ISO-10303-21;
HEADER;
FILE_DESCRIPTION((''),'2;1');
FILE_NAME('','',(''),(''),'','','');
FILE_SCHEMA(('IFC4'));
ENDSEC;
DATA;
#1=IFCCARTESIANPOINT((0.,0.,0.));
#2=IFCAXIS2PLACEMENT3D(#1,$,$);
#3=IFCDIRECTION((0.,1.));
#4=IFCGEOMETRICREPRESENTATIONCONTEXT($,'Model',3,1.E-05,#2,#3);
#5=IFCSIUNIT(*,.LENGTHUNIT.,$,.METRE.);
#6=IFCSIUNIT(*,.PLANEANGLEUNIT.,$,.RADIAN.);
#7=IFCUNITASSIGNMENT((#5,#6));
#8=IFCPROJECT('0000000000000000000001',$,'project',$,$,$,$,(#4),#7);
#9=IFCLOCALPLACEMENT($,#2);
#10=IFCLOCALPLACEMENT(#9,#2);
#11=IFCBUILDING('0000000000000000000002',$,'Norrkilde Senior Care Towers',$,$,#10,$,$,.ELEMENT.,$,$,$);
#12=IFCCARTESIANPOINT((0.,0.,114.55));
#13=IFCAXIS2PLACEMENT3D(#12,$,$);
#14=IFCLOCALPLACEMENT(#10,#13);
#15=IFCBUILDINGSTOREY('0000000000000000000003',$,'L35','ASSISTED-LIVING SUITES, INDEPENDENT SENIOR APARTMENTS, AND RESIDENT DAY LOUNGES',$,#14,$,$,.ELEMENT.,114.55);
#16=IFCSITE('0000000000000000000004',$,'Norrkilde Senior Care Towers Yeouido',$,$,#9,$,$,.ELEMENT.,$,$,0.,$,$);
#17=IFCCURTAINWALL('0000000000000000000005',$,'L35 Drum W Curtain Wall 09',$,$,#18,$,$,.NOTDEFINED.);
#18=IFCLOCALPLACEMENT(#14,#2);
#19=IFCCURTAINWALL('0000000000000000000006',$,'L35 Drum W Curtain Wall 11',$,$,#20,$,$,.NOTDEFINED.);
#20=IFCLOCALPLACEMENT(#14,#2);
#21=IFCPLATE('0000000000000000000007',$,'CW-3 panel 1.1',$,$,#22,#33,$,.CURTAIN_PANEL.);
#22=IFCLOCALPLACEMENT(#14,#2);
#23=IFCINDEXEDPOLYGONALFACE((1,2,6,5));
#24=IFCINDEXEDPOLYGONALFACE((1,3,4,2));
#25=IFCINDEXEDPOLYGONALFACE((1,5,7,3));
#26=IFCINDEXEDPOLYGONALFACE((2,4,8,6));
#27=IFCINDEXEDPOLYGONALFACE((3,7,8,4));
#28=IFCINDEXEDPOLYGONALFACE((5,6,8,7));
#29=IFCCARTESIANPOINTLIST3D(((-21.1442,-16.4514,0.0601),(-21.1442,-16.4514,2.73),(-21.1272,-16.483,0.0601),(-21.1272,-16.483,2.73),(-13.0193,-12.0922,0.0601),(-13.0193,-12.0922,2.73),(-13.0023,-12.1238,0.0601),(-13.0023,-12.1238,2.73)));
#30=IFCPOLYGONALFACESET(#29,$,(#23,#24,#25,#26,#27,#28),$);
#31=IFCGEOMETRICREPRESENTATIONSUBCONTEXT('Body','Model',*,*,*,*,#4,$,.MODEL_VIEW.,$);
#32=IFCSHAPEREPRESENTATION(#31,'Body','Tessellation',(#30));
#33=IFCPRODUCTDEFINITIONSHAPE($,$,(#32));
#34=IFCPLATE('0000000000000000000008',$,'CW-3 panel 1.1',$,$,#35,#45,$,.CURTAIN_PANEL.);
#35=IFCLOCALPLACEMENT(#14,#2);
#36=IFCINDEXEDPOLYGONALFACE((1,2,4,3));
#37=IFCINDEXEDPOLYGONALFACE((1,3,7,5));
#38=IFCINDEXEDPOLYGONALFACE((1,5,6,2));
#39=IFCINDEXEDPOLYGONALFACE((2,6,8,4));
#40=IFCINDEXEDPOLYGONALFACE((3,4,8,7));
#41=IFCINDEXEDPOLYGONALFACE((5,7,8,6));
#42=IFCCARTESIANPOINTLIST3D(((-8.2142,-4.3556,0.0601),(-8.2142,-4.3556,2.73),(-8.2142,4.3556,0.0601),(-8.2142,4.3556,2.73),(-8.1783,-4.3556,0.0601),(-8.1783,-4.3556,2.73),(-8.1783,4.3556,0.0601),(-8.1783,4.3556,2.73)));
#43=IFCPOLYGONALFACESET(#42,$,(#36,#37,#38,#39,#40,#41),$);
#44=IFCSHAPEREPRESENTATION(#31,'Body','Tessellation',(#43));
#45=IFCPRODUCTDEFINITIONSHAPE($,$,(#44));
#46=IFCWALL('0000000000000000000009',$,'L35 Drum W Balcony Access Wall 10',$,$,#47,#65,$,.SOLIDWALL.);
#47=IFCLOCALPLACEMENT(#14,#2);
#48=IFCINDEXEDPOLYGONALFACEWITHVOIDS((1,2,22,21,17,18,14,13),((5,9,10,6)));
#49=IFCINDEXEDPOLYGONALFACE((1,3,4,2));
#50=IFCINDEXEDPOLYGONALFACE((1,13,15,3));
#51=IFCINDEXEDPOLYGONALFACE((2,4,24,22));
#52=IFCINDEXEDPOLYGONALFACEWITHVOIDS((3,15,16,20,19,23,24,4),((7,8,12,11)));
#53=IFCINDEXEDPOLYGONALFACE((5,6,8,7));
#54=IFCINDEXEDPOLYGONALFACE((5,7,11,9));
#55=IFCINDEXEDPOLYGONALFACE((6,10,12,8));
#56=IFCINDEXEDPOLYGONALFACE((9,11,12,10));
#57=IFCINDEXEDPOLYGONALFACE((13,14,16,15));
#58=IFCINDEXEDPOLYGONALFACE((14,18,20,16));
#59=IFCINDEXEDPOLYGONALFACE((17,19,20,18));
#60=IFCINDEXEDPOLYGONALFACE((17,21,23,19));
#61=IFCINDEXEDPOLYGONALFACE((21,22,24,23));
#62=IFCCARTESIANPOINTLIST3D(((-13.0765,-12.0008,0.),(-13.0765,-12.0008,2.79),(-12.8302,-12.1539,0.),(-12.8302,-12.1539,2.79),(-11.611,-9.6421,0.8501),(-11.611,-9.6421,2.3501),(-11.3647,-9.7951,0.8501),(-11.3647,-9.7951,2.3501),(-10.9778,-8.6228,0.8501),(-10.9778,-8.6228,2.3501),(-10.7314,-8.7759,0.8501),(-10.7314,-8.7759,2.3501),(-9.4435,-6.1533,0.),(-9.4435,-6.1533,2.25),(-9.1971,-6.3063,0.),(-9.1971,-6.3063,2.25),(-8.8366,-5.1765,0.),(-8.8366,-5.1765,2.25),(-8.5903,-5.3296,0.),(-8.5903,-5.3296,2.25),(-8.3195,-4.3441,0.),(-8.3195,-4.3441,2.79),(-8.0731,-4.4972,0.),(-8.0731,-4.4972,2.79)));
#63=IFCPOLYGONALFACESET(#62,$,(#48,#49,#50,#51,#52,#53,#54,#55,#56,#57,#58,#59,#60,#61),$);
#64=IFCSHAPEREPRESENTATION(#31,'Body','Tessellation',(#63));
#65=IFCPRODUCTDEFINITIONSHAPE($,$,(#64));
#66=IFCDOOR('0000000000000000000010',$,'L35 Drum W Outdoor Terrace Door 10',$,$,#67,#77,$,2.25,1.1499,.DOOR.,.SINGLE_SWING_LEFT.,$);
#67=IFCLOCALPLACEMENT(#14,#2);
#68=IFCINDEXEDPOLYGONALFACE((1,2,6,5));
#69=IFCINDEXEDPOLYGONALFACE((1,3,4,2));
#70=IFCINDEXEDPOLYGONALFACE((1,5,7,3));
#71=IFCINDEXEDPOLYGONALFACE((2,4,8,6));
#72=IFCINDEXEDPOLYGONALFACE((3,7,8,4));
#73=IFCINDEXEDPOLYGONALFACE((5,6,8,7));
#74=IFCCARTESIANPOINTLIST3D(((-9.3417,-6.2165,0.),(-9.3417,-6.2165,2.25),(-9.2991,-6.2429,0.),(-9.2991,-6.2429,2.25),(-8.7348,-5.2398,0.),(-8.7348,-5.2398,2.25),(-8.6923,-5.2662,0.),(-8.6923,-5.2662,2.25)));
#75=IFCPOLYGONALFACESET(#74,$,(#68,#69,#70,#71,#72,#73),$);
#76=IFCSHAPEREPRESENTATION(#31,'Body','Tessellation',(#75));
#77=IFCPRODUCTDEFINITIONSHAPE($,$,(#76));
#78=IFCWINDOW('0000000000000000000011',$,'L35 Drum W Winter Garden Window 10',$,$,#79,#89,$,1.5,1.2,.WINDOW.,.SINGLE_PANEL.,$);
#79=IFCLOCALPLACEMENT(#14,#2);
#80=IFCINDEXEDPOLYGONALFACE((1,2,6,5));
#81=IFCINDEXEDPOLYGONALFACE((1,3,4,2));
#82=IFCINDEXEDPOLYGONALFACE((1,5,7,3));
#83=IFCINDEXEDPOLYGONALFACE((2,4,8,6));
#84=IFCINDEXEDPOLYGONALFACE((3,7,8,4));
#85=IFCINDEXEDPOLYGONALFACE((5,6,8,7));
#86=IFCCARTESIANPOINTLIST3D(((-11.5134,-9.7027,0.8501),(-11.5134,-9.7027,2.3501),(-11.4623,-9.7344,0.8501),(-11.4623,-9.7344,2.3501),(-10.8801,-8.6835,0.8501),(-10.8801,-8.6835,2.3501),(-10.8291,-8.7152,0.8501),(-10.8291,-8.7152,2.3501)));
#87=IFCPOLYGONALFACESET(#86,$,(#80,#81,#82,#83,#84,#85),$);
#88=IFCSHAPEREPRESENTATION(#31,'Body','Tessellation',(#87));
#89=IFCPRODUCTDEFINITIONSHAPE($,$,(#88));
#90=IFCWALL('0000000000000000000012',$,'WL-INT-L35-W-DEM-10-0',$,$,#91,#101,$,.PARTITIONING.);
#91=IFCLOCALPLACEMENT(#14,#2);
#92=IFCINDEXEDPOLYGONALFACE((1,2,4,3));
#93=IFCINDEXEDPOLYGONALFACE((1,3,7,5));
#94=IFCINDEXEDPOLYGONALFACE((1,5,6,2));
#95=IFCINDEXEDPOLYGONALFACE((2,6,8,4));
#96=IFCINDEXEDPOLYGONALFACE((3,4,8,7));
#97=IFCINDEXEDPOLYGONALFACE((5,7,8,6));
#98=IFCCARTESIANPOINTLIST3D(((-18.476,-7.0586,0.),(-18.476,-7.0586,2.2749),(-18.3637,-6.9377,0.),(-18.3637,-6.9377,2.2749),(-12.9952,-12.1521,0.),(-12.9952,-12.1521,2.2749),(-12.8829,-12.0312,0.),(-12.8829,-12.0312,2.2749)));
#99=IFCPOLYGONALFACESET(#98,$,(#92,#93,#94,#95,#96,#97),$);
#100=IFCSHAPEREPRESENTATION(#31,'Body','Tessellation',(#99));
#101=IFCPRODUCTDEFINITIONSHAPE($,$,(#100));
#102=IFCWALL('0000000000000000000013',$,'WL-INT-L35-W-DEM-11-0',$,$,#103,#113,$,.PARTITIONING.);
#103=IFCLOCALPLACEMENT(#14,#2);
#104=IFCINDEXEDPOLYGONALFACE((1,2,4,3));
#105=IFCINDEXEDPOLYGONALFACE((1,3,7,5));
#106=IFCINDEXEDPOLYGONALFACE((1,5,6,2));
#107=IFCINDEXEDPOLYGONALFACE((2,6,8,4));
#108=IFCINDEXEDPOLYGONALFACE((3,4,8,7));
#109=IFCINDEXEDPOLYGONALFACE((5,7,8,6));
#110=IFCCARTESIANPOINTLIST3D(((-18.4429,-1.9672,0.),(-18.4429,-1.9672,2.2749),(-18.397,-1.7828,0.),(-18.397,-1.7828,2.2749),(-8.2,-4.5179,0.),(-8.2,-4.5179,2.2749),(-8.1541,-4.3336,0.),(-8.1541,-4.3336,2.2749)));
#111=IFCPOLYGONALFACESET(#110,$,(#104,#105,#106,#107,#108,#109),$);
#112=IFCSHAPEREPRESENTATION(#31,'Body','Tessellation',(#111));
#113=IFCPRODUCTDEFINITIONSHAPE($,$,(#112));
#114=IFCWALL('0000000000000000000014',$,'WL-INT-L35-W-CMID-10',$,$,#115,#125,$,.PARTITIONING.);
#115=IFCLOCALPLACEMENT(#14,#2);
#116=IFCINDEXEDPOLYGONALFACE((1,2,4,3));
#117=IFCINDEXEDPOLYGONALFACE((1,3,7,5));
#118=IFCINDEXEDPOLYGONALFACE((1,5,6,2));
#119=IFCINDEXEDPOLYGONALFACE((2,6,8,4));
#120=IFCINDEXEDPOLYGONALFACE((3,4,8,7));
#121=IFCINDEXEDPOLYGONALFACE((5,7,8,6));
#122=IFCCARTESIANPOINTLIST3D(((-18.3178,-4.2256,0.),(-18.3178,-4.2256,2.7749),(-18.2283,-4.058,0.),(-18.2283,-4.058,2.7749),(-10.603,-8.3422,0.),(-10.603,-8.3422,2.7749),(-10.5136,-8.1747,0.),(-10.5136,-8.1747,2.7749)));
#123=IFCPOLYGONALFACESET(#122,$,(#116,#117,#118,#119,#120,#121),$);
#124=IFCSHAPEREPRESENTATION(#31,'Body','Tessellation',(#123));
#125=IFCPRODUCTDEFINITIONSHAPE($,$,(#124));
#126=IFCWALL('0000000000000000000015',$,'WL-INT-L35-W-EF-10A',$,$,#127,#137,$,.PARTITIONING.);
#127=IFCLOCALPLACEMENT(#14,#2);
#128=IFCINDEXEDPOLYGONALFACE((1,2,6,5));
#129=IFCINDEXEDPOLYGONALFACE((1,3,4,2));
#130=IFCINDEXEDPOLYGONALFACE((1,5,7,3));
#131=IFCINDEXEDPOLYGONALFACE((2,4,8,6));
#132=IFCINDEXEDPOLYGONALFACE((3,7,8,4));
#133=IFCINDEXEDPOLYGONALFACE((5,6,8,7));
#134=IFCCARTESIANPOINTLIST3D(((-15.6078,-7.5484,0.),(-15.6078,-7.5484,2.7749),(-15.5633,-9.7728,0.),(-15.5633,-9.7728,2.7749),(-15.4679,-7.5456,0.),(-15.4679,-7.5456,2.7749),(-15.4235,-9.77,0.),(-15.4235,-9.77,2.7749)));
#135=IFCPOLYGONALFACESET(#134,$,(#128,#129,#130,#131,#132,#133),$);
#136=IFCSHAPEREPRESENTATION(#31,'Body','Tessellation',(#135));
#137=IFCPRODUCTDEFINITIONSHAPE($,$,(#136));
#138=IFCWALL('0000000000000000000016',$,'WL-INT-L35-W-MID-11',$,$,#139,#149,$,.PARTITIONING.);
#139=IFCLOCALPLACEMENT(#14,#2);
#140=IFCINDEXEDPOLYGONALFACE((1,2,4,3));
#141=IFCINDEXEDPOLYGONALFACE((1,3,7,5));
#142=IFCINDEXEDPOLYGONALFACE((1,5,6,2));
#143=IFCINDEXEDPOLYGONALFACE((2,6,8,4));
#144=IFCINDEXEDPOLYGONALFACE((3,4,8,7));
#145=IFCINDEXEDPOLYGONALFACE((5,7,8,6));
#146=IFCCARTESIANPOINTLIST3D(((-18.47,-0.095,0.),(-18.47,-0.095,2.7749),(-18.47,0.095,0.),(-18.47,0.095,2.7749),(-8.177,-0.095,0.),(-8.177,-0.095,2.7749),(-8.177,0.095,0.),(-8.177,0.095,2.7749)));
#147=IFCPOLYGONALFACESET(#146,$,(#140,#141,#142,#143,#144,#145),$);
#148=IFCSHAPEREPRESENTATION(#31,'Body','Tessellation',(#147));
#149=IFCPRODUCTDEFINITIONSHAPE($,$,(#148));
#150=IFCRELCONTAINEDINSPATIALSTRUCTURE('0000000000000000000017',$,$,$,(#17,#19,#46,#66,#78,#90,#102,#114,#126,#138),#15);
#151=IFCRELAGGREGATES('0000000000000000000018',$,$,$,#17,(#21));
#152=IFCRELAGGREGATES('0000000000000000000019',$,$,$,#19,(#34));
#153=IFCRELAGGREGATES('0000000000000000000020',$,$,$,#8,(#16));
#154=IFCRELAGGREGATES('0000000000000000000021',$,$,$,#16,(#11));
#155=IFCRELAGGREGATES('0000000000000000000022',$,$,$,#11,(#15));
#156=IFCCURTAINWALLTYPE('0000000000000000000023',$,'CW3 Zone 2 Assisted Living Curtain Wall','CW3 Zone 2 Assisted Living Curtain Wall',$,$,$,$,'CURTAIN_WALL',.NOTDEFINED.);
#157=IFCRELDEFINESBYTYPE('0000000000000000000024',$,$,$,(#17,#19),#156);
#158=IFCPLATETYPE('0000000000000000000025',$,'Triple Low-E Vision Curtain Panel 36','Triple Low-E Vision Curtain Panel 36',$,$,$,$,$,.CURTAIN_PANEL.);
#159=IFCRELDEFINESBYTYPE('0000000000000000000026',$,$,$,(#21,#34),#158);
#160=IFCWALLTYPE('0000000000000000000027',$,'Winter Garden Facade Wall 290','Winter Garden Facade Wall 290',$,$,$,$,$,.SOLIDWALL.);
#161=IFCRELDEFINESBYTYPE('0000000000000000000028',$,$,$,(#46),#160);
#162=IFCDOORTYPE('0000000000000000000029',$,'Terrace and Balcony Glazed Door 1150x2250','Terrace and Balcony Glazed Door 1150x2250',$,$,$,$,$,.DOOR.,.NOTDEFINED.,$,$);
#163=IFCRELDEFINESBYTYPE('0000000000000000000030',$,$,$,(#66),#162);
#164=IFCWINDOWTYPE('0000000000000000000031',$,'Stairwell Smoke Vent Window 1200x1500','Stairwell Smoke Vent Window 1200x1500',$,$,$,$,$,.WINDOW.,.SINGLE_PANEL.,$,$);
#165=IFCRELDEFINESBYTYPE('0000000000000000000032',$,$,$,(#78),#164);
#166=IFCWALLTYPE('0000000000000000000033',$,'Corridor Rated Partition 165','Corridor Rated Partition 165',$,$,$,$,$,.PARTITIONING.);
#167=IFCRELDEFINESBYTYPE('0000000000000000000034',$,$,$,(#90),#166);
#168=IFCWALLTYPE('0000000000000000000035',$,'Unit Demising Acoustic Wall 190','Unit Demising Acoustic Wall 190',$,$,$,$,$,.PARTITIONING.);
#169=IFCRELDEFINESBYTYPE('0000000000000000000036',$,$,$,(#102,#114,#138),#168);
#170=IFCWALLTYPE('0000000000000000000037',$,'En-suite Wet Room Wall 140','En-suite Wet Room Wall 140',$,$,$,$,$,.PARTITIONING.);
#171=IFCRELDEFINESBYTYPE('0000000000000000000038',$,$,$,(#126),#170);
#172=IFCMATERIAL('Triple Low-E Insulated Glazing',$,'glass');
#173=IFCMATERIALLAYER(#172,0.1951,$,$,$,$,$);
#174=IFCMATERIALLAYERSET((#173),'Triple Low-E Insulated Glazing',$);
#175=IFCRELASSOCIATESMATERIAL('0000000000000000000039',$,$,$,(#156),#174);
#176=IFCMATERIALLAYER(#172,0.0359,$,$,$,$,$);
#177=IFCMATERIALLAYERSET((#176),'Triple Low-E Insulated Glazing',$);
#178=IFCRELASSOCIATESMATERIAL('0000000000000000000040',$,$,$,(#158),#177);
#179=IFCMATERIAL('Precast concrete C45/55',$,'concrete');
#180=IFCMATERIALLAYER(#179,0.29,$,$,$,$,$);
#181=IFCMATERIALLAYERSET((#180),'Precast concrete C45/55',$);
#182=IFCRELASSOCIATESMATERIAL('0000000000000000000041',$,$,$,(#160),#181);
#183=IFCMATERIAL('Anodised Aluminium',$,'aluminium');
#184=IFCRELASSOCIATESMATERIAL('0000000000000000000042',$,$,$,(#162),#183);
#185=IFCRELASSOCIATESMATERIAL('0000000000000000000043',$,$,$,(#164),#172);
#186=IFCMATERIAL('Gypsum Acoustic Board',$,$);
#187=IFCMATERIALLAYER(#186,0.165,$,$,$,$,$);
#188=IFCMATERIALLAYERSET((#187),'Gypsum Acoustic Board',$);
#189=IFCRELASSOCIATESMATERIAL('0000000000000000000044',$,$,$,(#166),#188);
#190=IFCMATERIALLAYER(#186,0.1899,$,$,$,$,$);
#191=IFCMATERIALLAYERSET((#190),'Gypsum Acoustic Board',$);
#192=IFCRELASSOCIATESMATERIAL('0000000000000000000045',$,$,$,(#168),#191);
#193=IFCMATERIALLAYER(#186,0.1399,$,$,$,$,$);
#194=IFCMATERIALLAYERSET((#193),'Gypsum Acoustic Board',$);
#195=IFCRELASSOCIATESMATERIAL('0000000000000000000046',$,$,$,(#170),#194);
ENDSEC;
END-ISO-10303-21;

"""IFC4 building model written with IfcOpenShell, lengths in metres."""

from ifc_helpers import new_model, si_unit, direction, frame, frame_2d, origin, origin_2d, place, context, subcontext, project, spatial, rectangle, extrude, source, transform, mapped, material, layer, layer_set, type_object, type_shapes, element, fill, aggregate, save


model = new_model("IFC4")

# Units and contexts
model_context = context("Model", 3, precision=1e-05, world=origin(), true_north=direction((0.0, 1.0)))
body_context = subcontext(model_context, "Body", "Model", "MODEL_VIEW")
ifc_project = project(units=[si_unit("LENGTHUNIT", "METRE"), si_unit("PLANEANGLEUNIT", "RADIAN")], contexts=[model_context])

# Site, building, storey
site_placement = place(None, origin())
site = spatial("IfcSite", under=ifc_project, at=site_placement, Name="Norrkilde Senior Care Towers Yeouido", CompositionType="ELEMENT", RefElevation=0.0)
building_placement = place(site_placement, origin())
building = spatial("IfcBuilding", under=site, at=building_placement, Name="Norrkilde Senior Care Towers", CompositionType="ELEMENT")
storey_placement = place(building_placement, frame((0.0, 0.0, 114.55)))
storey = spatial("IfcBuildingStorey", under=building, at=storey_placement, Name="L35", Description="ASSISTED-LIVING SUITES, INDEPENDENT SENIOR APARTMENTS, AND RESIDENT DAY LOUNGES", CompositionType="ELEMENT", Elevation=114.55)

# Curtain walls
ifc_material_1 = material(Name="Triple Low-E Insulated Glazing", Category="glass")
ifc_layer_1 = layer(ifc_material_1, 0.1951)
ifc_layer_set_1 = layer_set([ifc_layer_1], Name="Triple Low-E Insulated Glazing")
curtain_wall_type = type_object("IfcCurtainWallType", Name="CW3 Zone 2 Assisted Living Curtain Wall", Description="CW3 Zone 2 Assisted Living Curtain Wall", ElementType="CURTAIN_WALL", PredefinedType="NOTDEFINED", material=ifc_layer_set_1)
curtain_wall_1_placement = place(storey_placement, origin())
curtain_wall_1 = element("IfcCurtainWall", 1, at=curtain_wall_1_placement, inside=storey, type_object=curtain_wall_type, Name="L35 Drum W Curtain Wall 09", PredefinedType="NOTDEFINED")
ifc_material_2 = material(Name="Anodised Aluminium", Category="aluminium")
curtain_wall_2_placement = place(storey_placement, origin())
curtain_wall_2 = element("IfcCurtainWall", 2, at=curtain_wall_2_placement, inside=storey, type_object=curtain_wall_type, Name="L35 Drum W Curtain Wall 11", PredefinedType="NOTDEFINED")

# Plates
ifc_layer_2 = layer(ifc_material_1, 0.0359)
ifc_layer_set_2 = layer_set([ifc_layer_2], Name="Triple Low-E Insulated Glazing")
plate_type = type_object("IfcPlateType", Name="Triple Low-E Vision Curtain Panel 36", Description="Triple Low-E Vision Curtain Panel 36", PredefinedType="CURTAIN_PANEL", material=ifc_layer_set_2)
shared_shape_1 = source(origin(), body_context, "Body", "SweptSolid", [
    extrude(rectangle(XDim=9.2205, YDim=0.0359, at=origin_2d()), origin(), (0.0, 0.0, 1.0), 2.6699),
])
plate_1_placement = place(storey_placement, frame((-17.0732, -14.2876, 0.0601), z_axis=(0.0, 0.0, 1.0), x_axis=(-0.881186, -0.472769, 0.0)))
plate_1 = element("IfcPlate", 3, at=plate_1_placement, type_object=plate_type, Name="CW-3 panel 1.1", PredefinedType="CURTAIN_PANEL", context=body_context, shape_type="MappedRepresentation", body=[
    mapped(shared_shape_1, transform((0.0, 0.0, 0.0), x_axis=(1.0, 0.0, 0.0), y_axis=(0.0, 1.0, 0.0), z_axis=(0.0, 0.0, 1.0), scale=1.0)),
])
aggregate(curtain_wall_1, [plate_1])
shared_shape_2 = source(origin(), body_context, "Body", "SweptSolid", [
    extrude(rectangle(XDim=8.7112, YDim=0.0359, at=origin_2d()), origin(), (0.0, 0.0, 1.0), 2.6699),
])
type_shapes(plate_type, [shared_shape_1, shared_shape_2])
plate_2_placement = place(storey_placement, frame((-8.1963, 0.0, 0.0601), z_axis=(0.0, 0.0, 1.0), x_axis=(0.0, -1.0, 0.0)))
plate_2 = element("IfcPlate", 4, at=plate_2_placement, type_object=plate_type, Name="CW-3 panel 1.1", PredefinedType="CURTAIN_PANEL", context=body_context, shape_type="MappedRepresentation", body=[
    mapped(shared_shape_2, transform((0.0, 0.0, 0.0), x_axis=(1.0, 0.0, 0.0), y_axis=(0.0, 1.0, 0.0), z_axis=(0.0, 0.0, 1.0), scale=1.0)),
])
aggregate(curtain_wall_2, [plate_2])

# Wall, openings, door, window
ifc_material_3 = material(Name="Precast concrete C45/55", Category="concrete")
ifc_layer_3 = layer(ifc_material_3, 0.29)
ifc_layer_set_3 = layer_set([ifc_layer_3], Name="Precast concrete C45/55")
wall_type_1 = type_object("IfcWallType", Name="Winter Garden Facade Wall 290", Description="Winter Garden Facade Wall 290", PredefinedType="SOLIDWALL", material=ifc_layer_set_3)
shared_shape_3 = source(origin(), body_context, "Body", "SweptSolid", [
    extrude(rectangle(XDim=9.0142, YDim=0.29, at=frame_2d((4.5071, 0.0))), origin(), (0.0, 0.0, 1.0), 2.79),
])
type_shapes(wall_type_1, [shared_shape_3])
wall_1_placement = place(storey_placement, frame((-8.1963, -4.4207, 0.0), z_axis=(0.0, 0.0, 1.0), x_axis=(-0.527733, -0.84941, 0.0)))
wall_1 = element("IfcWall", 5, at=wall_1_placement, inside=storey, type_object=wall_type_1, Name="L35 Drum W Balcony Access Wall 10", PredefinedType="SOLIDWALL", context=body_context, shape_type="MappedRepresentation", body=[
    mapped(shared_shape_3, transform((0.0, 0.0, 0.0), x_axis=(1.0, 0.0, 0.0), y_axis=(0.0, 1.0, 0.0), z_axis=(0.0, 0.0, 1.0), scale=1.0)),
])
opening_1_placement = place(wall_1_placement, frame((0.98, 0.0, 0.0)))
opening_1 = element("IfcOpeningElement", 6, at=opening_1_placement, cuts=wall_1, PredefinedType="OPENING", context=body_context, shape_type="SweptSolid", body=[
    extrude(rectangle(XDim=1.1499, YDim=2.25, at=frame_2d((0.575, 1.125))), frame((0.0, 0.155, 0.0), z_axis=(0.0, -1.0, 0.0), x_axis=(1.0, 0.0, 0.0)), (0.0, 0.0, 1.0), 0.3101),
])
opening_2_placement = place(wall_1_placement, frame((5.0371, 0.0, 0.8501)))
opening_2 = element("IfcOpeningElement", 7, at=opening_2_placement, cuts=wall_1, PredefinedType="OPENING", context=body_context, shape_type="SweptSolid", body=[
    extrude(rectangle(XDim=1.2, YDim=1.5, at=frame_2d((0.6001, 0.75))), frame((0.0, 0.155, 0.0), z_axis=(0.0, -1.0, 0.0), x_axis=(1.0, 0.0, 0.0)), (0.0, 0.0, 1.0), 0.3101),
])
door_type = type_object("IfcDoorType", Name="Terrace and Balcony Glazed Door 1150x2250", Description="Terrace and Balcony Glazed Door 1150x2250", OperationType="NOTDEFINED", PredefinedType="DOOR", material=ifc_material_2)
shared_shape_4 = source(origin(), body_context, "Body", "SweptSolid", [
    extrude(rectangle(XDim=1.1499, YDim=2.25, at=frame_2d((0.575, 1.125))), frame((0.0, 0.0249, 0.0), z_axis=(0.0, -1.0, 0.0), x_axis=(1.0, 0.0, 0.0)), (0.0, 0.0, 1.0), 0.05),
])
type_shapes(door_type, [shared_shape_4])
door_placement = place(opening_1_placement, origin())
door = element("IfcDoor", 8, at=door_placement, inside=storey, type_object=door_type, Name="L35 Drum W Outdoor Terrace Door 10", OperationType="SINGLE_SWING_LEFT", OverallHeight=2.25, OverallWidth=1.1499, PredefinedType="DOOR", context=body_context, shape_type="MappedRepresentation", body=[
    mapped(shared_shape_4, transform((0.0, 0.0, 0.0), x_axis=(1.0, 0.0, 0.0), y_axis=(0.0, 1.0, 0.0), z_axis=(0.0, 0.0, 1.0), scale=1.0)),
])
fill(opening_1, door)
window_type = type_object("IfcWindowType", Name="Stairwell Smoke Vent Window 1200x1500", Description="Stairwell Smoke Vent Window 1200x1500", PartitioningType="SINGLE_PANEL", PredefinedType="WINDOW", material=ifc_material_1)
shared_shape_5 = source(origin(), body_context, "Body", "SweptSolid", [
    extrude(rectangle(XDim=1.2, YDim=1.5, at=frame_2d((0.6001, 0.75))), frame((0.0, 0.03, 0.0), z_axis=(0.0, -1.0, 0.0), x_axis=(1.0, 0.0, 0.0)), (0.0, 0.0, 1.0), 0.0601),
])
type_shapes(window_type, [shared_shape_5])
window_placement = place(opening_2_placement, origin())
window = element("IfcWindow", 9, at=window_placement, inside=storey, type_object=window_type, Name="L35 Drum W Winter Garden Window 10", OverallHeight=1.5, OverallWidth=1.2, PartitioningType="SINGLE_PANEL", PredefinedType="WINDOW", context=body_context, shape_type="MappedRepresentation", body=[
    mapped(shared_shape_5, transform((0.0, 0.0, 0.0), x_axis=(1.0, 0.0, 0.0), y_axis=(0.0, 1.0, 0.0), z_axis=(0.0, 0.0, 1.0), scale=1.0)),
])
fill(opening_2, window)

# Walls
ifc_material_4 = material(Name="Gypsum Acoustic Board")
ifc_layer_4 = layer(ifc_material_4, 0.165)
ifc_layer_set_4 = layer_set([ifc_layer_4], Name="Gypsum Acoustic Board")
wall_type_2 = type_object("IfcWallType", Name="Corridor Rated Partition 165", Description="Corridor Rated Partition 165", PredefinedType="PARTITIONING", material=ifc_layer_set_4)
shared_shape_6 = source(origin(), body_context, "Body", "SweptSolid", [
    extrude(rectangle(XDim=7.4822, YDim=0.165, at=frame_2d((3.7412, 0.0))), origin(), (0.0, 0.0, 1.0), 2.2749),
])
type_shapes(wall_type_2, [shared_shape_6])
wall_2_placement = place(storey_placement, frame((-18.4199, -6.998, 0.0), z_axis=(0.0, 0.0, 1.0), x_axis=(0.732509, -0.680758, 0.0)))
element("IfcWall", 10, at=wall_2_placement, inside=storey, type_object=wall_type_2, Name="WL-INT-L35-W-DEM-10-0", PredefinedType="PARTITIONING", context=body_context, shape_type="MappedRepresentation", body=[
    mapped(shared_shape_6, transform((0.0, 0.0, 0.0), x_axis=(1.0, 0.0, 0.0), y_axis=(0.0, 1.0, 0.0), z_axis=(0.0, 0.0, 1.0), scale=1.0)),
])
ifc_layer_5 = layer(ifc_material_4, 0.1899)
ifc_layer_set_5 = layer_set([ifc_layer_5], Name="Gypsum Acoustic Board")
wall_type_3 = type_object("IfcWallType", Name="Unit Demising Acoustic Wall 190", Description="Unit Demising Acoustic Wall 190", PredefinedType="PARTITIONING", material=ifc_layer_set_5)
shared_shape_7 = source(origin(), body_context, "Body", "SweptSolid", [
    extrude(rectangle(XDim=10.5557, YDim=0.1899, at=frame_2d((5.2778, 0.0))), origin(), (0.0, 0.0, 1.0), 2.2749),
])
wall_3_placement = place(storey_placement, frame((-18.4199, -1.875, 0.0), z_axis=(0.0, 0.0, 1.0), x_axis=(0.970364, -0.241648, 0.0)))
element("IfcWall", 11, at=wall_3_placement, inside=storey, type_object=wall_type_3, Name="WL-INT-L35-W-DEM-11-0", PredefinedType="PARTITIONING", context=body_context, shape_type="MappedRepresentation", body=[
    mapped(shared_shape_7, transform((0.0, 0.0, 0.0), x_axis=(1.0, 0.0, 0.0), y_axis=(0.0, 1.0, 0.0), z_axis=(0.0, 0.0, 1.0), scale=1.0)),
])
shared_shape_8 = source(origin(), body_context, "Body", "SweptSolid", [
    extrude(rectangle(XDim=8.7444, YDim=0.1899, at=frame_2d((4.3721, 0.0))), origin(), (0.0, 0.0, 1.0), 2.7749),
])
wall_4_placement = place(storey_placement, frame((-18.2729, -4.1418, 0.0), z_axis=(0.0, 0.0, 1.0), x_axis=(0.882252, -0.470777, 0.0)))
element("IfcWall", 12, at=wall_4_placement, inside=storey, type_object=wall_type_3, Name="WL-INT-L35-W-CMID-10", PredefinedType="PARTITIONING", context=body_context, shape_type="MappedRepresentation", body=[
    mapped(shared_shape_8, transform((0.0, 0.0, 0.0), x_axis=(1.0, 0.0, 0.0), y_axis=(0.0, 1.0, 0.0), z_axis=(0.0, 0.0, 1.0), scale=1.0)),
])
ifc_layer_6 = layer(ifc_material_4, 0.1399)
ifc_layer_set_6 = layer_set([ifc_layer_6], Name="Gypsum Acoustic Board")
wall_type_4 = type_object("IfcWallType", Name="En-suite Wet Room Wall 140", Description="En-suite Wet Room Wall 140", PredefinedType="PARTITIONING", material=ifc_layer_set_6)
shared_shape_9 = source(origin(), body_context, "Body", "SweptSolid", [
    extrude(rectangle(XDim=2.2249, YDim=0.1399, at=frame_2d((1.1123, 0.0))), origin(), (0.0, 0.0, 1.0), 2.7749),
])
type_shapes(wall_type_4, [shared_shape_9])
wall_5_placement = place(storey_placement, frame((-15.5378, -7.5471, 0.0), z_axis=(0.0, 0.0, 1.0), x_axis=(0.019972, -0.999801, 0.0)))
element("IfcWall", 13, at=wall_5_placement, inside=storey, type_object=wall_type_4, Name="WL-INT-L35-W-EF-10A", PredefinedType="PARTITIONING", context=body_context, shape_type="MappedRepresentation", body=[
    mapped(shared_shape_9, transform((0.0, 0.0, 0.0), x_axis=(1.0, 0.0, 0.0), y_axis=(0.0, 1.0, 0.0), z_axis=(0.0, 0.0, 1.0), scale=1.0)),
])
shared_shape_10 = source(origin(), body_context, "Body", "SweptSolid", [
    extrude(rectangle(XDim=10.293, YDim=0.1899, at=frame_2d((5.1465, 0.0))), origin(), (0.0, 0.0, 1.0), 2.7749),
])
type_shapes(wall_type_3, [shared_shape_7, shared_shape_8, shared_shape_10])
wall_6_placement = place(storey_placement, frame((-18.47, 0.0, 0.0), z_axis=(0.0, 0.0, 1.0), x_axis=(1.0, 0.0, 0.0)))
element("IfcWall", 14, at=wall_6_placement, inside=storey, type_object=wall_type_3, Name="WL-INT-L35-W-MID-11", PredefinedType="PARTITIONING", context=body_context, shape_type="MappedRepresentation", body=[
    mapped(shared_shape_10, transform((0.0, 0.0, 0.0), x_axis=(1.0, 0.0, 0.0), y_axis=(0.0, 1.0, 0.0), z_axis=(0.0, 0.0, 1.0), scale=1.0)),
])

save(model, "model.ifc")
